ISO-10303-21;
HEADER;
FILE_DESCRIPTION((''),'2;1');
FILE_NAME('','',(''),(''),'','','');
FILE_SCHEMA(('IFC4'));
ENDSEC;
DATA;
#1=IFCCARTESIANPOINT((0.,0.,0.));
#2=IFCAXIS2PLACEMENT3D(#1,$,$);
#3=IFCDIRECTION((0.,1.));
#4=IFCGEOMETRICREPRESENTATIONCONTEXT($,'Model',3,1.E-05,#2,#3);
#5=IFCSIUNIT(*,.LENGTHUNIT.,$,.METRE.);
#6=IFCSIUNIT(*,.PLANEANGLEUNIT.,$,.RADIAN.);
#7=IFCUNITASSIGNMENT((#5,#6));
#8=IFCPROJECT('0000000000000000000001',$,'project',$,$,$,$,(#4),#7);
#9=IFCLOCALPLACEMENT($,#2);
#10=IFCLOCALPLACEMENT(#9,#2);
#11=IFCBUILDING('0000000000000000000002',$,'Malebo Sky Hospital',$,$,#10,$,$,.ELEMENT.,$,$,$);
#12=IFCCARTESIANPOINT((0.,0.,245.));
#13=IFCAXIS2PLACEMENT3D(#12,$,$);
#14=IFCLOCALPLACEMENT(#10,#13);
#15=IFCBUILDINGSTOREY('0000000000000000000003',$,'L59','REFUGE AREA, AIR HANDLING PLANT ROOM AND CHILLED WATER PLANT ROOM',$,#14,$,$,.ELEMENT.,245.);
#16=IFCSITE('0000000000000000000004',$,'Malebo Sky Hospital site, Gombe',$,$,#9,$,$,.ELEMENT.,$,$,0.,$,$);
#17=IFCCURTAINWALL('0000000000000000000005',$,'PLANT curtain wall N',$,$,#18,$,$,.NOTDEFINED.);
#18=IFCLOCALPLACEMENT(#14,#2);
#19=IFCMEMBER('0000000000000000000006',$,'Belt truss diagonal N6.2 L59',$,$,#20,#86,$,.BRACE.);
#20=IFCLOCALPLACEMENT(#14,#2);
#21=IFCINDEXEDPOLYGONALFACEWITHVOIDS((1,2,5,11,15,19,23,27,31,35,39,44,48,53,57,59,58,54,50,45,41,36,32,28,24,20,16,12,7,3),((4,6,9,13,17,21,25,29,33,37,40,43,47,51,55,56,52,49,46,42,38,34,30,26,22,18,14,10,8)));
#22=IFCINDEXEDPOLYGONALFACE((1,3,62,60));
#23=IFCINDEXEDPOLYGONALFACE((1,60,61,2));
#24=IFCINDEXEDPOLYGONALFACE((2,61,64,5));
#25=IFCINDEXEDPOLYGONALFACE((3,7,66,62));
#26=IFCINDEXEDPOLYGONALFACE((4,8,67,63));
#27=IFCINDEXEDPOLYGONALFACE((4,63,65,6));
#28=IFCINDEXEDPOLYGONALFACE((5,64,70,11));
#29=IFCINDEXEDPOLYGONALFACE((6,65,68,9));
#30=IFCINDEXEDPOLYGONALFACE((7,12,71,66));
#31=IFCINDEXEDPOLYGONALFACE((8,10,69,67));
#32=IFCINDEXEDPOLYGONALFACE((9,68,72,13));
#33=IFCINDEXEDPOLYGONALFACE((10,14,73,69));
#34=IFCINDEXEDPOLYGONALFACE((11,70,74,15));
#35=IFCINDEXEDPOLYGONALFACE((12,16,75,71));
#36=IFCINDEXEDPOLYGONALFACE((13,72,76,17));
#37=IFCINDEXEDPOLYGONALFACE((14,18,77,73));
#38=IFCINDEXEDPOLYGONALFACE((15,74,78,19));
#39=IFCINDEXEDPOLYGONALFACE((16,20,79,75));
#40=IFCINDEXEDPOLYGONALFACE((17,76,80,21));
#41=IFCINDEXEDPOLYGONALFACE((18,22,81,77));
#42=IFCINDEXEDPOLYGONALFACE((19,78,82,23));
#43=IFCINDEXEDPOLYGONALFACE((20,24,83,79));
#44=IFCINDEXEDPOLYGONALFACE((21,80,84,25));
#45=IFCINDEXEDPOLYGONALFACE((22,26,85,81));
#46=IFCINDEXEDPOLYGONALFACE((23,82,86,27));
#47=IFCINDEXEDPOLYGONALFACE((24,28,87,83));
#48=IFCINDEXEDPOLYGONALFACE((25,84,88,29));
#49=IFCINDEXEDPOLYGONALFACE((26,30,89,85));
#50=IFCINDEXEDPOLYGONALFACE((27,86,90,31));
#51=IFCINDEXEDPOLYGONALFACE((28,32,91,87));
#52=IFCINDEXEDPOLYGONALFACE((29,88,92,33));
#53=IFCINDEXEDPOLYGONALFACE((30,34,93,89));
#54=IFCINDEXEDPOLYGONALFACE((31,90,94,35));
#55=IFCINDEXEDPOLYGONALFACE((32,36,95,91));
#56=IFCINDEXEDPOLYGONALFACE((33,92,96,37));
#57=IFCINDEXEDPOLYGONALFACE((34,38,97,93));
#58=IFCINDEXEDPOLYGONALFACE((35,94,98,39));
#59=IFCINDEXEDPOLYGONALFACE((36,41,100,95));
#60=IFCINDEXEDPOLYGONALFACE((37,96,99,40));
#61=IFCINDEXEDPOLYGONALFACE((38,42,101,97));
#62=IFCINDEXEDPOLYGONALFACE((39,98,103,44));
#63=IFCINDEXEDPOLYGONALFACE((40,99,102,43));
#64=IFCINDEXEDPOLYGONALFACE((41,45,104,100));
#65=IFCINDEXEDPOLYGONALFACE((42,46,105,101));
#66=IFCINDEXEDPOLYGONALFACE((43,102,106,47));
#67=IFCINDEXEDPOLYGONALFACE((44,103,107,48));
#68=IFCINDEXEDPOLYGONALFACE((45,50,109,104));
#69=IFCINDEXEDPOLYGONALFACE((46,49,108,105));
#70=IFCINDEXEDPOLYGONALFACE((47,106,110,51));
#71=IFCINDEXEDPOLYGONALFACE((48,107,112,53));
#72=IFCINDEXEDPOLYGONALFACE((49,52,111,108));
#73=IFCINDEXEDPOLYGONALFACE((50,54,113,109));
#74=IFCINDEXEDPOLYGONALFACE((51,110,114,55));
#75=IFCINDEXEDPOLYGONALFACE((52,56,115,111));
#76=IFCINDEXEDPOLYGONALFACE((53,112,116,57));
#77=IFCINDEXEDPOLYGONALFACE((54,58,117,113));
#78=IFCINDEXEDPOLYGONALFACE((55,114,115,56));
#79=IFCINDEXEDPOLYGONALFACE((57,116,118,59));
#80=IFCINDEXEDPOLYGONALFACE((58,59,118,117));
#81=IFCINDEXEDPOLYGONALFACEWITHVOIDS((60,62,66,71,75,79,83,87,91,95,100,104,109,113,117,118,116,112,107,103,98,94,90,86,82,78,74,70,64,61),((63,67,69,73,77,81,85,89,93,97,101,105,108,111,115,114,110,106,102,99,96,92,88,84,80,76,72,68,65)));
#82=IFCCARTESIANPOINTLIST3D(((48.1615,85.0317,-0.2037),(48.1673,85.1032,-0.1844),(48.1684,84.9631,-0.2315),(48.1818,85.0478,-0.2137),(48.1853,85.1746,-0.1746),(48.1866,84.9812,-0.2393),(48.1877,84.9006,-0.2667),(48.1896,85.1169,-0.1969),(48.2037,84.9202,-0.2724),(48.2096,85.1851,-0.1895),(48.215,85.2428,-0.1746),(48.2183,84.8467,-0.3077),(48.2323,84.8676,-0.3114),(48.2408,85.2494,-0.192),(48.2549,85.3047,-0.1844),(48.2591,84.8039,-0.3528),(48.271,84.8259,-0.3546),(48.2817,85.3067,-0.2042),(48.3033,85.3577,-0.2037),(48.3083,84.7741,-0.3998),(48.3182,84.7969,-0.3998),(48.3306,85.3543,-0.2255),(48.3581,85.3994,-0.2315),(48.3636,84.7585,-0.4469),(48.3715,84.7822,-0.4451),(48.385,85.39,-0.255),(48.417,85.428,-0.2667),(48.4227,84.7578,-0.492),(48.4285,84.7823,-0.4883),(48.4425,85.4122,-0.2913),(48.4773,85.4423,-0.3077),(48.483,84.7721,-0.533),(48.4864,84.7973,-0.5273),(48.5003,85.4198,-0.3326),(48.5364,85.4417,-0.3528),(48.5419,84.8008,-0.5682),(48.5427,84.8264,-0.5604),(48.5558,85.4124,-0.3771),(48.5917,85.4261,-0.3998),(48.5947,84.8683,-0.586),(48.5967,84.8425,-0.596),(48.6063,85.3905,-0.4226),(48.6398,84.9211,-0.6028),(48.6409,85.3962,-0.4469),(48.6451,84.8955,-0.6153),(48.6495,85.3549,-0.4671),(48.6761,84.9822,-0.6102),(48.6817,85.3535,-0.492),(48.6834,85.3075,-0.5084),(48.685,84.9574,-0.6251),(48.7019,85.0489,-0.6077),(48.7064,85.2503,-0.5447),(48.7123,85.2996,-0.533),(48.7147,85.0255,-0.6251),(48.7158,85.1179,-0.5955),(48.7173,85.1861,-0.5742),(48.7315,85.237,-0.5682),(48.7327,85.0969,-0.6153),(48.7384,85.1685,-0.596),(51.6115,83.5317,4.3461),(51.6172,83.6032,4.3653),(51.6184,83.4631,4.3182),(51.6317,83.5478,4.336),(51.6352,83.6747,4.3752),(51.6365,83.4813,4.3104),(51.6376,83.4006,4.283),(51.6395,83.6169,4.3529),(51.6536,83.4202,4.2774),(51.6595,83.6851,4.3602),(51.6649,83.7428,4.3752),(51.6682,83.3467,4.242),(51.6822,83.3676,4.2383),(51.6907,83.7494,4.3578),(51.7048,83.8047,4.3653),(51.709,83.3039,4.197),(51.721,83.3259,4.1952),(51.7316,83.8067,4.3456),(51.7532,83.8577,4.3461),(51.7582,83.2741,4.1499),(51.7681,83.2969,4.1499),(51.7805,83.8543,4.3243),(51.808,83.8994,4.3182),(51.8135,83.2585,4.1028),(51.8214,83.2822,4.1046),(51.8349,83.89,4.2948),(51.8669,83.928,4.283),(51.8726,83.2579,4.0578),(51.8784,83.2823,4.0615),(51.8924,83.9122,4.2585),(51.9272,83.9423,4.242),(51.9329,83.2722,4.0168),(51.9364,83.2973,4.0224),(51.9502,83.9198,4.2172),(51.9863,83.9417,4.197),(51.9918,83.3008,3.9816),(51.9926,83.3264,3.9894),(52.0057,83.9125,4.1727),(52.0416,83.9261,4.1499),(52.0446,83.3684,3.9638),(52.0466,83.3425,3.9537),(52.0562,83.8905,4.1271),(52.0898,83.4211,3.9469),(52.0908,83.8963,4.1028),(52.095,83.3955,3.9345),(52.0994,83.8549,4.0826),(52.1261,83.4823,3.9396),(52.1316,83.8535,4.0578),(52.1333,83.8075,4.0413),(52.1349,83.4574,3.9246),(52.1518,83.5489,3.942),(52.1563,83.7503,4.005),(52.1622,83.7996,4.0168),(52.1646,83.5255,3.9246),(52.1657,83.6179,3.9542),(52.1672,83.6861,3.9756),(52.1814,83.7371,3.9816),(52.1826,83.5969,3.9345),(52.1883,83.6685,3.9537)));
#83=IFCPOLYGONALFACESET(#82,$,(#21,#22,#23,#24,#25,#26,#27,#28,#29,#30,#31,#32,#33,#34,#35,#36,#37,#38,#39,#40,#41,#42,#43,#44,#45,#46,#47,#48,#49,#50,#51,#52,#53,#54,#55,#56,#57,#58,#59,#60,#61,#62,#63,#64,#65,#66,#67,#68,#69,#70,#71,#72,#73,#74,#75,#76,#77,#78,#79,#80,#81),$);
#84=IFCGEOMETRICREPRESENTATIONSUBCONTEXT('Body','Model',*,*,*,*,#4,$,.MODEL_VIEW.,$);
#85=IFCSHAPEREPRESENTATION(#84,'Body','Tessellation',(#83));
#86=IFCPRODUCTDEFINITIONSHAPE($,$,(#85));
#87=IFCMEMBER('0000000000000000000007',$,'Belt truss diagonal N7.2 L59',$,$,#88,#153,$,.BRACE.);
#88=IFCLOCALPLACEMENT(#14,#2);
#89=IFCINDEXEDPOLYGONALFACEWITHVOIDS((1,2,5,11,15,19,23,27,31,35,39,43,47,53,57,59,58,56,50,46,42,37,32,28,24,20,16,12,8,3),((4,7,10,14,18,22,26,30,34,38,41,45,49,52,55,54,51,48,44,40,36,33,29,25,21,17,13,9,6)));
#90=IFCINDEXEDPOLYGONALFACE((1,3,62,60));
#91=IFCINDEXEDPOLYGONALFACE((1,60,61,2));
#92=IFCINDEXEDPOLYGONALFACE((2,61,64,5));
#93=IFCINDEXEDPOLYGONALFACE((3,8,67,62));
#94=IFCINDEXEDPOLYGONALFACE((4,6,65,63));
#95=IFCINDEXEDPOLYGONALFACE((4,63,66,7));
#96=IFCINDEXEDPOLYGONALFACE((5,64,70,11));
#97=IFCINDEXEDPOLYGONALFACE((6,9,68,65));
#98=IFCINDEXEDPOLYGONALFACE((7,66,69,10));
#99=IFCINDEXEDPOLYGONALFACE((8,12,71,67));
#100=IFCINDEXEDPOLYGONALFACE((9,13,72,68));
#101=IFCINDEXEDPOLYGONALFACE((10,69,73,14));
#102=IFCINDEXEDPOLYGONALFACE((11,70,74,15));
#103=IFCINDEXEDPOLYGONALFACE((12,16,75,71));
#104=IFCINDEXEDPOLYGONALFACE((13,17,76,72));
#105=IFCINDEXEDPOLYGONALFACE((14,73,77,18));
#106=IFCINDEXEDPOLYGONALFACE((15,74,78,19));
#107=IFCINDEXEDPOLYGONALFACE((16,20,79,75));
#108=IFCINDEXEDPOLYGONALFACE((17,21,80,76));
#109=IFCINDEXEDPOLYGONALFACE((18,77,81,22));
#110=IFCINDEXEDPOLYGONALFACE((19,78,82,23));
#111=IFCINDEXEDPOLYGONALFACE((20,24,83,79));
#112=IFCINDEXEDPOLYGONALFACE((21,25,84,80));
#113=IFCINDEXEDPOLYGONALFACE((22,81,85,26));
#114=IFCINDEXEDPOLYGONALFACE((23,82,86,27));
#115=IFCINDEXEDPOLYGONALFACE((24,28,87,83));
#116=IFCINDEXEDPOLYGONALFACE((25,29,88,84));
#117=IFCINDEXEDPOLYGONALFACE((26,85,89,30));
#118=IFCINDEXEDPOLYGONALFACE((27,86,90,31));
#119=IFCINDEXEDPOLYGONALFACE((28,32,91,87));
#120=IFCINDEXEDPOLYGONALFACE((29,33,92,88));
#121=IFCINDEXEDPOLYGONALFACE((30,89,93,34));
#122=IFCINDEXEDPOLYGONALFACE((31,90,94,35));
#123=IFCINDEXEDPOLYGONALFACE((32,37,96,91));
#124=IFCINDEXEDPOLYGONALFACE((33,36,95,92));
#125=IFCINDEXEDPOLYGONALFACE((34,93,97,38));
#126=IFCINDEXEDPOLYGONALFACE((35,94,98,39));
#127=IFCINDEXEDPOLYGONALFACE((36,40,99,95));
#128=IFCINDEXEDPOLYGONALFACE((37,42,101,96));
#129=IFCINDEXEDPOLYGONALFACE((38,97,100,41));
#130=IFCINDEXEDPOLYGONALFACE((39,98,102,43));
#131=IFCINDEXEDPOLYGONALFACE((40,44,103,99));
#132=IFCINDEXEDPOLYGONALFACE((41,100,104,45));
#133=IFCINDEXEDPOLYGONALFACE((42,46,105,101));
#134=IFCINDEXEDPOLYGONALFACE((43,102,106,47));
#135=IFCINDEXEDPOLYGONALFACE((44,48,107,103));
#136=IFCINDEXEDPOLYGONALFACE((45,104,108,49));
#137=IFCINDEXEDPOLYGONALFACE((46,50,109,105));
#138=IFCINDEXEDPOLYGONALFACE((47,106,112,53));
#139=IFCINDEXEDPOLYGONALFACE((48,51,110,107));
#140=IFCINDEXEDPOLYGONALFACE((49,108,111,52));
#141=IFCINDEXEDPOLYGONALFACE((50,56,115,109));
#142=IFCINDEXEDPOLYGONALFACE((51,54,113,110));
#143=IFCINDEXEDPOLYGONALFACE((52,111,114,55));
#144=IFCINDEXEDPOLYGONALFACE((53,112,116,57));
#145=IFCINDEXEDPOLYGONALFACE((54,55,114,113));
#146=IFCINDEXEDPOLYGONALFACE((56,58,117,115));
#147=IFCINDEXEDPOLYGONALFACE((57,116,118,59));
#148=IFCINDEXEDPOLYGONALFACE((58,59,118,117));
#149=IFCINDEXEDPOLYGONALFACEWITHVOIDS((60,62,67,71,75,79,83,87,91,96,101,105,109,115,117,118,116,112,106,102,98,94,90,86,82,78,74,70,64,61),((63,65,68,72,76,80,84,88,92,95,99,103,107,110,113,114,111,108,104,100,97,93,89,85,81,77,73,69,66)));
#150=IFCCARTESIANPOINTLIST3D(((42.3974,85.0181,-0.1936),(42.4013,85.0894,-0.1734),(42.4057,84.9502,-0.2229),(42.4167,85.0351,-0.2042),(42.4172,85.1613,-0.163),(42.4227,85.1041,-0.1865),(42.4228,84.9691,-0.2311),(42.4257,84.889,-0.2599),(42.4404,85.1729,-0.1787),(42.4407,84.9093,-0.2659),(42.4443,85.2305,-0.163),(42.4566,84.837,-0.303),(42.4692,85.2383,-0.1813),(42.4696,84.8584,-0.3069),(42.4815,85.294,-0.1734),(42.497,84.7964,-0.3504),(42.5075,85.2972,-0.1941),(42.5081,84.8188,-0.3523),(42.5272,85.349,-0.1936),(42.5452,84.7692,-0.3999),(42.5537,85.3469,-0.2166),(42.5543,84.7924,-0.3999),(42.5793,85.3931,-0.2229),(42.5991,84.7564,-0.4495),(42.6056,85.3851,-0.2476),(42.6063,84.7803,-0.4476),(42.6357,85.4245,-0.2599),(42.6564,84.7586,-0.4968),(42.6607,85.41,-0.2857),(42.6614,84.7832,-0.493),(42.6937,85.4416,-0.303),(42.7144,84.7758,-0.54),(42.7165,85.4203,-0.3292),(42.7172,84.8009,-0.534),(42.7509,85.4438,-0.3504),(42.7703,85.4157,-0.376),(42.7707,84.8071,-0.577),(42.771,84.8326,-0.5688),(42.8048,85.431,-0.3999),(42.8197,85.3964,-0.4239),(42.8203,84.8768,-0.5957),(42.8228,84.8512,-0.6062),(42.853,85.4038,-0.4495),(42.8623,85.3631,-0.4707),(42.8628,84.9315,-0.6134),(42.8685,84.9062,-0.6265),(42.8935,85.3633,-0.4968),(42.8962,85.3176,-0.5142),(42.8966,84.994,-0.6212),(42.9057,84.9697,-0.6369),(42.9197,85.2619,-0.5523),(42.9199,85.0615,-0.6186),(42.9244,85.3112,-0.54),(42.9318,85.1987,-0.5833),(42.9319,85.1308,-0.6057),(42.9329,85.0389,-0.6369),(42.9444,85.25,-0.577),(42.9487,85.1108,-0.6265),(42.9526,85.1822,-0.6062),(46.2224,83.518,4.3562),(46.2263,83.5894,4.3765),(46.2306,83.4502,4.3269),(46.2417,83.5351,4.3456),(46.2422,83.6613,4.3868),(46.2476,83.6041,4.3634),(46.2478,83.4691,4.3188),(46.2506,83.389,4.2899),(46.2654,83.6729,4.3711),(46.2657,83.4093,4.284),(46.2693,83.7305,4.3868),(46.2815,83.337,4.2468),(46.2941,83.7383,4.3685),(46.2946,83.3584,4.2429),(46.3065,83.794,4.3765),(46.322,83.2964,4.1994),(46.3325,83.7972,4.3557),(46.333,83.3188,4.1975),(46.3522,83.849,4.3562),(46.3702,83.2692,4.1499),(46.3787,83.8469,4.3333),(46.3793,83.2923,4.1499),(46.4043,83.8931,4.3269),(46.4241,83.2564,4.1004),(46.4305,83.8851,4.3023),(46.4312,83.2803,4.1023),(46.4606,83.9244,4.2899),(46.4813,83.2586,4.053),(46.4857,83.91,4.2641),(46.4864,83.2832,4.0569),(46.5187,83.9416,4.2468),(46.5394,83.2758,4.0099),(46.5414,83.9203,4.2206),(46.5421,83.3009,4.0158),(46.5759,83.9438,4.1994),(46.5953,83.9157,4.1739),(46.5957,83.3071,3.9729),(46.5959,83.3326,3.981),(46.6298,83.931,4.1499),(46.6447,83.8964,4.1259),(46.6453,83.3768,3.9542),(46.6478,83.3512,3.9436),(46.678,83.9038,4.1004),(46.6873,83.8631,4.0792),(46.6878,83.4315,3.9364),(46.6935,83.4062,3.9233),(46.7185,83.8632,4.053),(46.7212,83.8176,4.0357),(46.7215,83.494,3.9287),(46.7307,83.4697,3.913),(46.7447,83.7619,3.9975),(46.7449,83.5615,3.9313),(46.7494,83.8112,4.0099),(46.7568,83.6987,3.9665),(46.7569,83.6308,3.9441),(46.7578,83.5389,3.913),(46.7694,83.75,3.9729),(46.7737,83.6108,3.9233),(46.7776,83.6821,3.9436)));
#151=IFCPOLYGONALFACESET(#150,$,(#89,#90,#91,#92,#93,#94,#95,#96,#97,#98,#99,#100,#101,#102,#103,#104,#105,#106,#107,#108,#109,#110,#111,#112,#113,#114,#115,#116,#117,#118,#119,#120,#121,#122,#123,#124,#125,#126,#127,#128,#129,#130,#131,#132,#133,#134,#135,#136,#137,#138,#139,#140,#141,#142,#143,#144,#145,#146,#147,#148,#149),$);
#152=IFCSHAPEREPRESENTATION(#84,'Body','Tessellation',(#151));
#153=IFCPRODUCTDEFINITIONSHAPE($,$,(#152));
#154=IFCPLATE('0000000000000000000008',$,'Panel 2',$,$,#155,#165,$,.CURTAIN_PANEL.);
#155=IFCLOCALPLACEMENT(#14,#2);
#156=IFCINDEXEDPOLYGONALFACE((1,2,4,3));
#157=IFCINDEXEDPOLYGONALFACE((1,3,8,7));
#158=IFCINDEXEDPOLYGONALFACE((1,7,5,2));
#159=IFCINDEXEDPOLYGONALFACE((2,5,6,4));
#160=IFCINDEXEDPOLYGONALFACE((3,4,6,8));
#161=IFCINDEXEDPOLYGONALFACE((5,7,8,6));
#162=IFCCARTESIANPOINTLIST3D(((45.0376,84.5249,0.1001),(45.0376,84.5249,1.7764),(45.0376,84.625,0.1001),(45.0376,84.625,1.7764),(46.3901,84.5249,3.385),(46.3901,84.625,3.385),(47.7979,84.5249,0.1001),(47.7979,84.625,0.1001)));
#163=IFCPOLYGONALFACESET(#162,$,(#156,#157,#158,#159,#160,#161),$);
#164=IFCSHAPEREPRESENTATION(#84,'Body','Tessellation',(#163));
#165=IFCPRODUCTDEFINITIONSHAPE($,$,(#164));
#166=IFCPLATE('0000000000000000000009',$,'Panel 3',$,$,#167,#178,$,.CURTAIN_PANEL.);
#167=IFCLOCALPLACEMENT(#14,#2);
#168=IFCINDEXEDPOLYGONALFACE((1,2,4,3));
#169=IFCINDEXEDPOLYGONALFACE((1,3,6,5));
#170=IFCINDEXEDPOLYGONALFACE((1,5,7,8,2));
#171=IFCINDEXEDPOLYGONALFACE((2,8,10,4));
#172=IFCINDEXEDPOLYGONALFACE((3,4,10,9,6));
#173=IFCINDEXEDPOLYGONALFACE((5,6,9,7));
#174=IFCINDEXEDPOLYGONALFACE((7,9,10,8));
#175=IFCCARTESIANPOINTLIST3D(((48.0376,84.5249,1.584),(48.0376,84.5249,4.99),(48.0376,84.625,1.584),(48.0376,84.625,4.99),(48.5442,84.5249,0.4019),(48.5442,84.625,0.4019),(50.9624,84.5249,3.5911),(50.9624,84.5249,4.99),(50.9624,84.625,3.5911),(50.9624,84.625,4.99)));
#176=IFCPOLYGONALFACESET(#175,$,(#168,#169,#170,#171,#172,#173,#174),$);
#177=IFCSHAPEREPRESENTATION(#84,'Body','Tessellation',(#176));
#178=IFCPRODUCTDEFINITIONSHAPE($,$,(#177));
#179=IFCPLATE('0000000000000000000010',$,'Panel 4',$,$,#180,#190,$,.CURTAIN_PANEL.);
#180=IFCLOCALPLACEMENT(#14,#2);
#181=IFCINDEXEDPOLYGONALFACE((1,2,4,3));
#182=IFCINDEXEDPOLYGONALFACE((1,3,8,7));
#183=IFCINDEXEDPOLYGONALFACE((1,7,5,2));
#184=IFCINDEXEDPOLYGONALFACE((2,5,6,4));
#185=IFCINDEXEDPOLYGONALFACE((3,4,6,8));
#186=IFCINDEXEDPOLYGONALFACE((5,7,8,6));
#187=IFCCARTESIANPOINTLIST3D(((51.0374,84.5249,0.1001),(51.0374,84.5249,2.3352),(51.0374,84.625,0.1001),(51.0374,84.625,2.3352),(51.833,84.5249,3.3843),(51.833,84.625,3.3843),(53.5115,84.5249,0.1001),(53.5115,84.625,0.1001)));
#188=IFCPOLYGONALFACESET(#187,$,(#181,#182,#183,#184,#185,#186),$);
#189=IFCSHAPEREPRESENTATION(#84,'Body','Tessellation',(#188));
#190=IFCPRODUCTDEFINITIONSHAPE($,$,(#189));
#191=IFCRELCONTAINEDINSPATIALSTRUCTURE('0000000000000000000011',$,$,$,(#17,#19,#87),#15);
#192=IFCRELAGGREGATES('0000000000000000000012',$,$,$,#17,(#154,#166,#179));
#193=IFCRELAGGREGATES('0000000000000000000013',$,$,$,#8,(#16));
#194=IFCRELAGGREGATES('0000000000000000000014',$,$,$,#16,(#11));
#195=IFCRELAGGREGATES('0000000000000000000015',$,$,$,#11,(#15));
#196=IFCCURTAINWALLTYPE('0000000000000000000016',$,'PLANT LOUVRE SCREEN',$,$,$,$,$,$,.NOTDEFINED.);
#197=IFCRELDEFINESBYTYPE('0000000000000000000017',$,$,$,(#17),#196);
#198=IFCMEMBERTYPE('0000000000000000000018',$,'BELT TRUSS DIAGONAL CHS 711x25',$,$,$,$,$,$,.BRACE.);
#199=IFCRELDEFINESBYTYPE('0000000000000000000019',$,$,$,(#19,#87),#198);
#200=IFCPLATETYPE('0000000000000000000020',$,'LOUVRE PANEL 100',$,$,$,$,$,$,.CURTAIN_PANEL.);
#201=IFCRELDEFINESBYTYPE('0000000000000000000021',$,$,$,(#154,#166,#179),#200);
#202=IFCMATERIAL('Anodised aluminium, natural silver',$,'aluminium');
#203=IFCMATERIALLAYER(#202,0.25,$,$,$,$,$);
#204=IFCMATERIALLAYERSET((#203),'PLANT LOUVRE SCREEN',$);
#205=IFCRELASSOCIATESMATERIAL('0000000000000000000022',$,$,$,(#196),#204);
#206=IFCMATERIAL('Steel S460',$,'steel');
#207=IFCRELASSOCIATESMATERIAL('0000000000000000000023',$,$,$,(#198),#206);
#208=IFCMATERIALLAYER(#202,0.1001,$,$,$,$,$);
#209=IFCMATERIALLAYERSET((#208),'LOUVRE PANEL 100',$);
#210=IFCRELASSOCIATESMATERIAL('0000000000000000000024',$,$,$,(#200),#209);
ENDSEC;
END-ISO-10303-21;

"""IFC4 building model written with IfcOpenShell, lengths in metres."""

from ifc_helpers import new_model, si_unit, direction, frame, origin, origin_2d, place, context, subcontext, project, spatial, polyline, hollow_circle, outline, extrude, material, layer, layer_set, material_profile, profile_set, type_object, element, aggregate, save


model = new_model("IFC4")

# Units and contexts
model_context = context("Model", 3, precision=1e-05, world=origin(), true_north=direction((0.0, 1.0)))
body_context = subcontext(model_context, "Body", "Model", "MODEL_VIEW")
ifc_project = project(units=[si_unit("LENGTHUNIT", "METRE"), si_unit("PLANEANGLEUNIT", "RADIAN")], contexts=[model_context])

# Site, building, storey
site_placement = place(None, origin())
site = spatial("IfcSite", under=ifc_project, at=site_placement, Name="Malebo Sky Hospital site, Gombe", CompositionType="ELEMENT", RefElevation=0.0)
building_placement = place(site_placement, origin())
building = spatial("IfcBuilding", under=site, at=building_placement, Name="Malebo Sky Hospital", CompositionType="ELEMENT")
storey_placement = place(building_placement, frame((0.0, 0.0, 245.0)))
storey = spatial("IfcBuildingStorey", under=building, at=storey_placement, Name="L59", Description="REFUGE AREA, AIR HANDLING PLANT ROOM AND CHILLED WATER PLANT ROOM", CompositionType="ELEMENT", Elevation=245.0)

# Curtain wall
ifc_material_1 = material(Name="Anodised aluminium, natural silver", Category="aluminium")
ifc_layer_1 = layer(ifc_material_1, 0.25)
ifc_layer_set_1 = layer_set([ifc_layer_1], Name="PLANT LOUVRE SCREEN")
curtain_wall_type = type_object("IfcCurtainWallType", Name="PLANT LOUVRE SCREEN", PredefinedType="NOTDEFINED", material=ifc_layer_set_1)
curtain_wall_placement = place(storey_placement, origin())
curtain_wall = element("IfcCurtainWall", 1, at=curtain_wall_placement, inside=storey, type_object=curtain_wall_type, Name="PLANT curtain wall N", PredefinedType="NOTDEFINED")

# Members
ifc_material_2 = material(Name="Steel S460", Category="steel")
ifc_material_profile_1 = material_profile(ifc_material_2, hollow_circle(Radius=0.3555, WallThickness=0.0249, at=origin_2d()), Name="CHS 711x25")
ifc_profile_set_1 = profile_set([ifc_material_profile_1], Name="Steel S460")
member_type_1 = type_object("IfcMemberType", Name="BELT TRUSS DIAGONAL CHS 711x25", PredefinedType="BRACE", material=ifc_profile_set_1)
member_1_placement = place(storey_placement, frame((51.8999, 83.6001, 4.1499), z_axis=(-0.584378, 0.254081, -0.770679), x_axis=(-0.398731, -0.917068, 0.0)))
element("IfcMember", 2, at=member_1_placement, inside=storey, type_object=member_type_1, Name="Belt truss diagonal N6.2 L59", PredefinedType="BRACE", context=body_context, shape_type="SweptSolid", body=[
    extrude(hollow_circle(Radius=0.3555, WallThickness=0.0249, at=origin_2d()), origin(), (0.0, 0.0, 1.0), 5.9036),
])
member_2_placement = place(storey_placement, frame((46.5, 83.6001, 4.1499), z_axis=(-0.623939, 0.244685, -0.742179), x_axis=(-0.365092, -0.930972, 0.0)))
element("IfcMember", 3, at=member_2_placement, inside=storey, type_object=member_type_1, Name="Belt truss diagonal N7.2 L59", PredefinedType="BRACE", context=body_context, shape_type="SweptSolid", body=[
    extrude(hollow_circle(Radius=0.3555, WallThickness=0.0249, at=origin_2d()), origin(), (0.0, 0.0, 1.0), 6.1304),
])

# Plates
ifc_layer_2 = layer(ifc_material_1, 0.1001)
ifc_layer_set_2 = layer_set([ifc_layer_2], Name="LOUVRE PANEL 100")
plate_type = type_object("IfcPlateType", Name="LOUVRE PANEL 100", PredefinedType="CURTAIN_PANEL", material=ifc_layer_set_2)
plate_1_placement = place(storey_placement, frame((46.4177, 84.575, 0.1001), z_axis=(0.0, 0.0, 1.0), x_axis=(1.0, 0.0, 0.0)))
plate_1 = element("IfcPlate", 4, at=plate_1_placement, type_object=plate_type, Name="Panel 2", PredefinedType="CURTAIN_PANEL", context=body_context, shape_type="SweptSolid", body=[
    extrude(outline(polyline([(-1.3801, 0.0), (1.3801, 0.0), (-0.0276, 3.2849), (-1.3801, 1.6763), (-1.3801, 0.0)])), frame((0.0, 0.05, 0.0), z_axis=(0.0, -1.0, 0.0), x_axis=(1.0, 0.0, 0.0)), (0.0, 0.0, 1.0), 0.1001),
])
plate_2_placement = place(storey_placement, frame((49.5, 84.575, 0.4019), z_axis=(0.0, 0.0, 1.0), x_axis=(1.0, 0.0, 0.0)))
plate_2 = element("IfcPlate", 5, at=plate_2_placement, type_object=plate_type, Name="Panel 3", PredefinedType="CURTAIN_PANEL", context=body_context, shape_type="SweptSolid", body=[
    extrude(outline(polyline([(-0.9558, 0.0), (1.4624, 3.1892), (1.4624, 4.5881), (-1.4624, 4.5881), (-1.4624, 1.1821), (-0.9558, 0.0)])), frame((0.0, 0.05, 0.0), z_axis=(0.0, -1.0, 0.0), x_axis=(1.0, 0.0, 0.0)), (0.0, 0.0, 1.0), 0.1001),
])
plate_3_placement = place(storey_placement, frame((52.2744, 84.575, 0.1001), z_axis=(0.0, 0.0, 1.0), x_axis=(1.0, 0.0, 0.0)))
plate_3 = element("IfcPlate", 6, at=plate_3_placement, type_object=plate_type, Name="Panel 4", PredefinedType="CURTAIN_PANEL", context=body_context, shape_type="SweptSolid", body=[
    extrude(outline(polyline([(-1.2371, 0.0), (1.2371, 0.0), (-0.4414, 3.2842), (-1.2371, 2.2351), (-1.2371, 0.0)])), frame((0.0, 0.05, 0.0), z_axis=(0.0, -1.0, 0.0), x_axis=(1.0, 0.0, 0.0)), (0.0, 0.0, 1.0), 0.1001),
])
aggregate(curtain_wall, [plate_1, plate_2, plate_3])

save(model, "model.ifc")
